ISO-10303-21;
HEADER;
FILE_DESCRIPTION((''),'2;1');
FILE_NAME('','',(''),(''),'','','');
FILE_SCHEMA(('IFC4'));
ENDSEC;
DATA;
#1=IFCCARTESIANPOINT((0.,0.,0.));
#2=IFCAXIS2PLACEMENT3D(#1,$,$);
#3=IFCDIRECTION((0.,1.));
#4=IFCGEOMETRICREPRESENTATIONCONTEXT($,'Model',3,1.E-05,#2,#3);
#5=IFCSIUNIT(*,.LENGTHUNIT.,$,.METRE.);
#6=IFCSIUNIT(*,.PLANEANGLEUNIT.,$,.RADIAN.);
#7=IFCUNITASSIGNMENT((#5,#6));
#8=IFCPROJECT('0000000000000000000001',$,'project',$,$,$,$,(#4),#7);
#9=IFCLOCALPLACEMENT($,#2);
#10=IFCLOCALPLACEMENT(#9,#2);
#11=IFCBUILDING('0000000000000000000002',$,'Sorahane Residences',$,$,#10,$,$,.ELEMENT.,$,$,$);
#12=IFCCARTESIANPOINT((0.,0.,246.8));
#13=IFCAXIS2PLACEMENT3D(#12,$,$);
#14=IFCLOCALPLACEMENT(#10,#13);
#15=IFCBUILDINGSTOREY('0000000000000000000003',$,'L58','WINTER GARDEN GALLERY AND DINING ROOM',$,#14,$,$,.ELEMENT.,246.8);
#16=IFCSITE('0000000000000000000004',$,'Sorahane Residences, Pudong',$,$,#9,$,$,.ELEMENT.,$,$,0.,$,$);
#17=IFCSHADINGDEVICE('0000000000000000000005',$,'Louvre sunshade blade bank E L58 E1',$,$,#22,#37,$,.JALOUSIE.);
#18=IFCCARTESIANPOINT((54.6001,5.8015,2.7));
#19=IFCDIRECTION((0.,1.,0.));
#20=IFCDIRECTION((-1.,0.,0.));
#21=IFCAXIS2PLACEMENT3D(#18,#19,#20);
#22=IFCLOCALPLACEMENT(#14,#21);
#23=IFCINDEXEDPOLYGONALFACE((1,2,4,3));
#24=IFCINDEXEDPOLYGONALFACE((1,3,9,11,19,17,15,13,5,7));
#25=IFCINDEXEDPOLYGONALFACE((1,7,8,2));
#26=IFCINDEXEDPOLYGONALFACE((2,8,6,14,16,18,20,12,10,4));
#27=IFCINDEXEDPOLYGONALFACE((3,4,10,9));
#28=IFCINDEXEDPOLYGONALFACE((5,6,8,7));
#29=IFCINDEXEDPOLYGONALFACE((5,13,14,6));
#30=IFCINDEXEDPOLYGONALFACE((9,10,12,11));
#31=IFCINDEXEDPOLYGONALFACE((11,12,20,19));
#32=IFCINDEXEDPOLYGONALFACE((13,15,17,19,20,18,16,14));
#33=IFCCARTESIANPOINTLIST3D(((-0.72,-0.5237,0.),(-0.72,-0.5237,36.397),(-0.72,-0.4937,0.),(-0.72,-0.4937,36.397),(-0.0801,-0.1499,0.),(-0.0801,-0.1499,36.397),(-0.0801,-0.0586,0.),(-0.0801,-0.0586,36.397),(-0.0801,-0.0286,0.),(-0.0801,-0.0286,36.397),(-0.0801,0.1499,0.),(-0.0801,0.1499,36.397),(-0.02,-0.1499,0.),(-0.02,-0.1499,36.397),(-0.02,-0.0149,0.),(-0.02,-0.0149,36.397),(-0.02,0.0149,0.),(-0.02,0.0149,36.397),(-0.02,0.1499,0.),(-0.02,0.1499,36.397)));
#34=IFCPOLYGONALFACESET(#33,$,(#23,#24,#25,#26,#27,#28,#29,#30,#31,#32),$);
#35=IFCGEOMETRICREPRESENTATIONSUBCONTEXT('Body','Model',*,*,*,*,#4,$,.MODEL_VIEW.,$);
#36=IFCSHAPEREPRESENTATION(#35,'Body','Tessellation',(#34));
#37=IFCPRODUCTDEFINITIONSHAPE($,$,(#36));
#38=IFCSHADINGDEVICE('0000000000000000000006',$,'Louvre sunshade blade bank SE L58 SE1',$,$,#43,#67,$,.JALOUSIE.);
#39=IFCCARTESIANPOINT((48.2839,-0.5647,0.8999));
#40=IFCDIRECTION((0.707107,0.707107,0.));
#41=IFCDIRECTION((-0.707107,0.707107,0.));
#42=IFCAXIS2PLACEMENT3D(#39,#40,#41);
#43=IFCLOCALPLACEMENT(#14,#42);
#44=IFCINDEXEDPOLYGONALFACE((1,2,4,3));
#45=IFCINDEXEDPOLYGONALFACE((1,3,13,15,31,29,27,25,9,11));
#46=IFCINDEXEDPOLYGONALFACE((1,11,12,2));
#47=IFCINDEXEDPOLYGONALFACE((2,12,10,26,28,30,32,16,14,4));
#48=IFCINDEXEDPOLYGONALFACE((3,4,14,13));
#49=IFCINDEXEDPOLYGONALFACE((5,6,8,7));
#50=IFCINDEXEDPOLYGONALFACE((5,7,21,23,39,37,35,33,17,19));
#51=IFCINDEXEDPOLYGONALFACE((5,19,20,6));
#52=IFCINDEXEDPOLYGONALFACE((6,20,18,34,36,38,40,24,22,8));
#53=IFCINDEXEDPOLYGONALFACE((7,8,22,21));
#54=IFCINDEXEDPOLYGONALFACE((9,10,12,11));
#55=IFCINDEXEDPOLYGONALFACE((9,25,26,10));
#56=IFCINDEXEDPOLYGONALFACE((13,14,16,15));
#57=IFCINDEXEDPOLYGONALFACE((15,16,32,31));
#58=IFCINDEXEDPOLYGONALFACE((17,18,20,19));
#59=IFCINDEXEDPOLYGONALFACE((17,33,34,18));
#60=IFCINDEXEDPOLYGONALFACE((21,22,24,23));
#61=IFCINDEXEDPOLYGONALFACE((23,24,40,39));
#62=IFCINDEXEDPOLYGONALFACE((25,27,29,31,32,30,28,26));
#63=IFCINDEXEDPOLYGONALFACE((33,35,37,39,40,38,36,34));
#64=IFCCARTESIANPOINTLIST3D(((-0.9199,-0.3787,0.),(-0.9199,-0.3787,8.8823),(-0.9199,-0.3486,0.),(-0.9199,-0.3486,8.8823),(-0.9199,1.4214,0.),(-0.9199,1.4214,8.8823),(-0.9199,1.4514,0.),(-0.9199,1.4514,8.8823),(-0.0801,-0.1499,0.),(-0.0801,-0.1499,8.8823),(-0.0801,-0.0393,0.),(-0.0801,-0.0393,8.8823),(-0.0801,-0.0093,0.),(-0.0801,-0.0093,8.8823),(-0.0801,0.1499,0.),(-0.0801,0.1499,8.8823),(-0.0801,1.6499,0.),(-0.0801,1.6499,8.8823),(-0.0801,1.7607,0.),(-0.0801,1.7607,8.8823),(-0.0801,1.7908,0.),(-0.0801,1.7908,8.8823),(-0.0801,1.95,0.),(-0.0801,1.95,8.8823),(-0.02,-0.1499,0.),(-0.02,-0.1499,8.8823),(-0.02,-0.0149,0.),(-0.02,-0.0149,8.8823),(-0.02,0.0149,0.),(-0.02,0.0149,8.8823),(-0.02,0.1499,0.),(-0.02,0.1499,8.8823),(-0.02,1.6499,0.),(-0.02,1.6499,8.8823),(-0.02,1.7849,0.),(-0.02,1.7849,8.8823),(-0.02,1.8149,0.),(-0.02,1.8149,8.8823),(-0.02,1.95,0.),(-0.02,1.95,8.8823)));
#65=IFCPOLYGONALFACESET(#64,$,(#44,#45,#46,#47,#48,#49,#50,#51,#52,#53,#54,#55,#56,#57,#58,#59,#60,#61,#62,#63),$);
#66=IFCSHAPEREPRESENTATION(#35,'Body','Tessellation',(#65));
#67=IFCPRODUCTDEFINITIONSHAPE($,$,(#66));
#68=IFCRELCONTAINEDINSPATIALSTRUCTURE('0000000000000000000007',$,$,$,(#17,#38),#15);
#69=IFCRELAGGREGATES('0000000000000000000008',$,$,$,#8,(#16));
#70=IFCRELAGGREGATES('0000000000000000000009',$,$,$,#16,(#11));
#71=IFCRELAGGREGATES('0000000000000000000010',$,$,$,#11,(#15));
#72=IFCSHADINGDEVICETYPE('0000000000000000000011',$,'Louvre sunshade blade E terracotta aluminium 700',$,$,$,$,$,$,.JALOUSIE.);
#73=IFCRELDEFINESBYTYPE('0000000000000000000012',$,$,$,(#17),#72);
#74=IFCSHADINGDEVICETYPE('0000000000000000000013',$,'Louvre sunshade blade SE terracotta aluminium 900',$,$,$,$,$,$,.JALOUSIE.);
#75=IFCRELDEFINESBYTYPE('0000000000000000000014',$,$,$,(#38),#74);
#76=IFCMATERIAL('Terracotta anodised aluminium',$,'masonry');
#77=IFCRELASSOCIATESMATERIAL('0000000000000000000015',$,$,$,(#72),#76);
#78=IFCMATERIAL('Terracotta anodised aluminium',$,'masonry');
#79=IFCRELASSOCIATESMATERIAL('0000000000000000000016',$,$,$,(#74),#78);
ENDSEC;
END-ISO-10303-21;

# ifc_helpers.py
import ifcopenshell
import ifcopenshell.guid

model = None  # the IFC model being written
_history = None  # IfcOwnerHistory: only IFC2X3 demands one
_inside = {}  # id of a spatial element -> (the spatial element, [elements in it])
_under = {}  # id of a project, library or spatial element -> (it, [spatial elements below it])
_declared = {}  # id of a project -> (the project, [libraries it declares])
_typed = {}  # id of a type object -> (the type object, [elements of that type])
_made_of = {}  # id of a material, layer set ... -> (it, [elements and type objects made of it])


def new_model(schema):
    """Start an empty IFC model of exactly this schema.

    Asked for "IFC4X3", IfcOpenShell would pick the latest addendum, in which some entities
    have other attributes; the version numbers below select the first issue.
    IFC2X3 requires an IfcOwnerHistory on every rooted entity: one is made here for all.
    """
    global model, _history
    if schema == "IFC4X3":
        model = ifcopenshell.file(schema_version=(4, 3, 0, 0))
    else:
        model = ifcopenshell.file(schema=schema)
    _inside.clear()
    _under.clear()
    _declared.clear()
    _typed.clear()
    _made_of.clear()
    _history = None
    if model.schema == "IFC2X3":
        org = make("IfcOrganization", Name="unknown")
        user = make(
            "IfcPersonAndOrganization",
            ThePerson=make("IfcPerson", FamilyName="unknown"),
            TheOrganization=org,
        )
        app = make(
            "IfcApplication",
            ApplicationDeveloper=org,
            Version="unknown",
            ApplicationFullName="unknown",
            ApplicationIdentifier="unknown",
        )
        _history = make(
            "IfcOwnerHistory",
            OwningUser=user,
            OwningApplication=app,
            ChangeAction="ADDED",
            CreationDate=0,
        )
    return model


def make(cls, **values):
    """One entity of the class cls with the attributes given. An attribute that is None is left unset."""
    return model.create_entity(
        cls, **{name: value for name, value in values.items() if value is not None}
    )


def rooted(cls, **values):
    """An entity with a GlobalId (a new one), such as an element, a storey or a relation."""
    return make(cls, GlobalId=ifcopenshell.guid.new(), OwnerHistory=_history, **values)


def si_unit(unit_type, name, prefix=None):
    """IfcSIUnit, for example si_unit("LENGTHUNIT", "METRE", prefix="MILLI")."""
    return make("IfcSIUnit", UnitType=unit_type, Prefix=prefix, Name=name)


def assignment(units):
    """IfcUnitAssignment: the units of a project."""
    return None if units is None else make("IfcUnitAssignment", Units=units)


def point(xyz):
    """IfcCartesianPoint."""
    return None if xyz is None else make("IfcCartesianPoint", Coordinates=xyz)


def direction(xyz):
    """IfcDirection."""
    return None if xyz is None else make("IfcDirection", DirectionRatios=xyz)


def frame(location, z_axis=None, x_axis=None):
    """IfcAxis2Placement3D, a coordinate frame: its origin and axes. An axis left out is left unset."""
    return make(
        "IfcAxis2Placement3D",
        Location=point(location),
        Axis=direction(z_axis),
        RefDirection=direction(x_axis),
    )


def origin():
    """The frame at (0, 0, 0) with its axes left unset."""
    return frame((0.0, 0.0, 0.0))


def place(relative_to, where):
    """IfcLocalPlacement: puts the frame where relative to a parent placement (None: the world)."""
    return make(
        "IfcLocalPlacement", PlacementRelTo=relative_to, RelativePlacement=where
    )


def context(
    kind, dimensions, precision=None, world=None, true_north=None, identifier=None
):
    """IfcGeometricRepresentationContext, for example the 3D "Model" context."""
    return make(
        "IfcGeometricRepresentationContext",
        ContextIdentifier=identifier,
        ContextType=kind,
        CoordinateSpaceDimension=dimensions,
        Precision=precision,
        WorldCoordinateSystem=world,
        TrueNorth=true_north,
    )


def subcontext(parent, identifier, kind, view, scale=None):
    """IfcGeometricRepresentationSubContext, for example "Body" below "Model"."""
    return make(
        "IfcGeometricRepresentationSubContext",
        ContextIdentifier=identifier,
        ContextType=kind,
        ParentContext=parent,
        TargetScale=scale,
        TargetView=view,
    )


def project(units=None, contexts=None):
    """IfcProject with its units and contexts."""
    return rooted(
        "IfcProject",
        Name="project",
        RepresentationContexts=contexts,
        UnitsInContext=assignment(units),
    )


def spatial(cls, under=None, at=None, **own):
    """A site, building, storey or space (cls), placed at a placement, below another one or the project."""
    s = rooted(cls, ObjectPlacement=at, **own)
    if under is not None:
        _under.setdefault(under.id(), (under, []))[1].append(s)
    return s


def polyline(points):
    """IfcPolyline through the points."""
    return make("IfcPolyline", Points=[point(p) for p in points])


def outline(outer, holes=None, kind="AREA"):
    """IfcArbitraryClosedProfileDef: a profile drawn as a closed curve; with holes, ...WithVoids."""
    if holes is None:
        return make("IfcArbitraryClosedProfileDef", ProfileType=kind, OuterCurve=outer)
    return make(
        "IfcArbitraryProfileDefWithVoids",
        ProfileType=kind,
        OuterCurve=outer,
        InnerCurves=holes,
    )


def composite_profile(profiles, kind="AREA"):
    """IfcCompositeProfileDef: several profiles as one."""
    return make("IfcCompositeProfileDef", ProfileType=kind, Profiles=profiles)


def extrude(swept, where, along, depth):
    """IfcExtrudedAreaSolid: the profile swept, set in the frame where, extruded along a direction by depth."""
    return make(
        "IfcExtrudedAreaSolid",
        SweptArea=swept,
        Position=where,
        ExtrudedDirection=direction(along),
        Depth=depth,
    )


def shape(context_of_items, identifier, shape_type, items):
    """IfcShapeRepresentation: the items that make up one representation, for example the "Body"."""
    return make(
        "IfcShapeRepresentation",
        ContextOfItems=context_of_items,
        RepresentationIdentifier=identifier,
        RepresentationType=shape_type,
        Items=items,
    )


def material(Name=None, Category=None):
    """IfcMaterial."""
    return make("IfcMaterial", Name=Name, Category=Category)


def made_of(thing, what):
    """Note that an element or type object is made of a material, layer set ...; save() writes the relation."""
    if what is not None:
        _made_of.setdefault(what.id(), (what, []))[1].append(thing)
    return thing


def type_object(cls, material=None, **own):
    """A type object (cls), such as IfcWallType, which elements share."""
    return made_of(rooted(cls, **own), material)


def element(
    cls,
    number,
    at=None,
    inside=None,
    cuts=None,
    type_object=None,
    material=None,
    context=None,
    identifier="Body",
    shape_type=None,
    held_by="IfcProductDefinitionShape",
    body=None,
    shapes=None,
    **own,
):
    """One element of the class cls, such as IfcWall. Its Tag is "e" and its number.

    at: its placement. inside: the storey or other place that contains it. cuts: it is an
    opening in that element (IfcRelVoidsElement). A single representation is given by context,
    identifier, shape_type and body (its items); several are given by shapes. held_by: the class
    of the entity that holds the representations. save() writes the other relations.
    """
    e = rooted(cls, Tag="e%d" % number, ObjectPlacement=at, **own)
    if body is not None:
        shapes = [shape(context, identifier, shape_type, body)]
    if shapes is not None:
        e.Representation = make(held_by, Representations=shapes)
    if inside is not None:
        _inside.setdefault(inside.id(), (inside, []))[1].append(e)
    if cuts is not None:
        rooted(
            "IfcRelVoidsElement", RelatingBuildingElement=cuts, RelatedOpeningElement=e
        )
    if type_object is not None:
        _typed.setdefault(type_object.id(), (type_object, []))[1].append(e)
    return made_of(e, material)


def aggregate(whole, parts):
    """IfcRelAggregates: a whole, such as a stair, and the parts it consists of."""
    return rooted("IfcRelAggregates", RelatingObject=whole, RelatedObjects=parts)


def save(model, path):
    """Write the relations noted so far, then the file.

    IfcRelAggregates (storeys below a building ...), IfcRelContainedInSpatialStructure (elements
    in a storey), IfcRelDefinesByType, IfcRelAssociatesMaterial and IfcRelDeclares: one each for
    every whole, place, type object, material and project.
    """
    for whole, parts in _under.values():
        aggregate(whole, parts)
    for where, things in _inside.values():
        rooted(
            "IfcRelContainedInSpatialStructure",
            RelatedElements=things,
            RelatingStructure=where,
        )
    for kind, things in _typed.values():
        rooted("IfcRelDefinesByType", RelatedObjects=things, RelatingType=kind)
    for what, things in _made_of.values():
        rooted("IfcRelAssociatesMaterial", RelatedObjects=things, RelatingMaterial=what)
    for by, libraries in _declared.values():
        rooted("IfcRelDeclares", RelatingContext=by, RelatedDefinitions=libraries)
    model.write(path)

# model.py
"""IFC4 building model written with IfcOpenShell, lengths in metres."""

from ifc_helpers import new_model, si_unit, direction, frame, origin, place, context, subcontext, project, spatial, polyline, outline, composite_profile, extrude, material, type_object, element, save


model = new_model("IFC4")

# Units and contexts
model_context = context("Model", 3, precision=1e-05, world=origin(), true_north=direction((0.0, 1.0)))
body_context = subcontext(model_context, "Body", "Model", "MODEL_VIEW")
ifc_project = project(units=[si_unit("LENGTHUNIT", "METRE"), si_unit("PLANEANGLEUNIT", "RADIAN")], contexts=[model_context])

# Site, building, storey
site_placement = place(None, origin())
site = spatial("IfcSite", under=ifc_project, at=site_placement, Name="Sorahane Residences, Pudong", CompositionType="ELEMENT", RefElevation=0.0)
building_placement = place(site_placement, origin())
building = spatial("IfcBuilding", under=site, at=building_placement, Name="Sorahane Residences", CompositionType="ELEMENT")
storey_placement = place(building_placement, frame((0.0, 0.0, 246.8)))
storey = spatial("IfcBuildingStorey", under=building, at=storey_placement, Name="L58", Description="WINTER GARDEN GALLERY AND DINING ROOM", CompositionType="ELEMENT", Elevation=246.8)

# Shading devices
ifc_material_1 = material(Name="Terracotta anodised aluminium", Category="masonry")
shading_device_type_1 = type_object("IfcShadingDeviceType", Name="Louvre sunshade blade E terracotta aluminium 700", PredefinedType="JALOUSIE", material=ifc_material_1)
shading_device_1_placement = place(storey_placement, frame((54.6001, 5.8015, 2.7), z_axis=(0.0, 1.0, 0.0), x_axis=(-1.0, 0.0, 0.0)))
element("IfcShadingDevice", 1, at=shading_device_1_placement, inside=storey, type_object=shading_device_type_1, Name="Louvre sunshade blade bank E L58 E1", PredefinedType="JALOUSIE", context=body_context, shape_type="SweptSolid", body=[
    extrude(outline(polyline([(-0.72, -0.4937), (-0.72, -0.5237), (-0.0801, -0.0586), (-0.0801, -0.1499), (-0.02, -0.1499), (-0.02, -0.0149), (-0.02, 0.0149), (-0.02, 0.1499), (-0.0801, 0.1499), (-0.0801, -0.0286), (-0.72, -0.4937)])), origin(), (0.0, 0.0, 1.0), 36.397),
])
ifc_material_2 = material(Name="Terracotta anodised aluminium", Category="masonry")
shading_device_type_2 = type_object("IfcShadingDeviceType", Name="Louvre sunshade blade SE terracotta aluminium 900", PredefinedType="JALOUSIE", material=ifc_material_2)
shading_device_2_placement = place(storey_placement, frame((48.2839, -0.5647, 0.8999), z_axis=(0.707107, 0.707107, 0.0), x_axis=(-0.707107, 0.707107, 0.0)))
element("IfcShadingDevice", 2, at=shading_device_2_placement, inside=storey, type_object=shading_device_type_2, Name="Louvre sunshade blade bank SE L58 SE1", PredefinedType="JALOUSIE", context=body_context, shape_type="SweptSolid", body=[
    extrude(composite_profile([outline(polyline([(-0.9199, -0.3486), (-0.9199, -0.3787), (-0.0801, -0.0393), (-0.0801, -0.1499), (-0.02, -0.1499), (-0.02, -0.0149), (-0.02, 0.0149), (-0.02, 0.1499), (-0.0801, 0.1499), (-0.0801, -0.0093), (-0.9199, -0.3486)])), outline(polyline([(-0.9199, 1.4514), (-0.9199, 1.4214), (-0.0801, 1.7607), (-0.0801, 1.6499), (-0.02, 1.6499), (-0.02, 1.7849), (-0.02, 1.8149), (-0.02, 1.95), (-0.0801, 1.95), (-0.0801, 1.7908), (-0.9199, 1.4514)]))]), origin(), (0.0, 0.0, 1.0), 8.8823),
])

save(model, "model.ifc")
